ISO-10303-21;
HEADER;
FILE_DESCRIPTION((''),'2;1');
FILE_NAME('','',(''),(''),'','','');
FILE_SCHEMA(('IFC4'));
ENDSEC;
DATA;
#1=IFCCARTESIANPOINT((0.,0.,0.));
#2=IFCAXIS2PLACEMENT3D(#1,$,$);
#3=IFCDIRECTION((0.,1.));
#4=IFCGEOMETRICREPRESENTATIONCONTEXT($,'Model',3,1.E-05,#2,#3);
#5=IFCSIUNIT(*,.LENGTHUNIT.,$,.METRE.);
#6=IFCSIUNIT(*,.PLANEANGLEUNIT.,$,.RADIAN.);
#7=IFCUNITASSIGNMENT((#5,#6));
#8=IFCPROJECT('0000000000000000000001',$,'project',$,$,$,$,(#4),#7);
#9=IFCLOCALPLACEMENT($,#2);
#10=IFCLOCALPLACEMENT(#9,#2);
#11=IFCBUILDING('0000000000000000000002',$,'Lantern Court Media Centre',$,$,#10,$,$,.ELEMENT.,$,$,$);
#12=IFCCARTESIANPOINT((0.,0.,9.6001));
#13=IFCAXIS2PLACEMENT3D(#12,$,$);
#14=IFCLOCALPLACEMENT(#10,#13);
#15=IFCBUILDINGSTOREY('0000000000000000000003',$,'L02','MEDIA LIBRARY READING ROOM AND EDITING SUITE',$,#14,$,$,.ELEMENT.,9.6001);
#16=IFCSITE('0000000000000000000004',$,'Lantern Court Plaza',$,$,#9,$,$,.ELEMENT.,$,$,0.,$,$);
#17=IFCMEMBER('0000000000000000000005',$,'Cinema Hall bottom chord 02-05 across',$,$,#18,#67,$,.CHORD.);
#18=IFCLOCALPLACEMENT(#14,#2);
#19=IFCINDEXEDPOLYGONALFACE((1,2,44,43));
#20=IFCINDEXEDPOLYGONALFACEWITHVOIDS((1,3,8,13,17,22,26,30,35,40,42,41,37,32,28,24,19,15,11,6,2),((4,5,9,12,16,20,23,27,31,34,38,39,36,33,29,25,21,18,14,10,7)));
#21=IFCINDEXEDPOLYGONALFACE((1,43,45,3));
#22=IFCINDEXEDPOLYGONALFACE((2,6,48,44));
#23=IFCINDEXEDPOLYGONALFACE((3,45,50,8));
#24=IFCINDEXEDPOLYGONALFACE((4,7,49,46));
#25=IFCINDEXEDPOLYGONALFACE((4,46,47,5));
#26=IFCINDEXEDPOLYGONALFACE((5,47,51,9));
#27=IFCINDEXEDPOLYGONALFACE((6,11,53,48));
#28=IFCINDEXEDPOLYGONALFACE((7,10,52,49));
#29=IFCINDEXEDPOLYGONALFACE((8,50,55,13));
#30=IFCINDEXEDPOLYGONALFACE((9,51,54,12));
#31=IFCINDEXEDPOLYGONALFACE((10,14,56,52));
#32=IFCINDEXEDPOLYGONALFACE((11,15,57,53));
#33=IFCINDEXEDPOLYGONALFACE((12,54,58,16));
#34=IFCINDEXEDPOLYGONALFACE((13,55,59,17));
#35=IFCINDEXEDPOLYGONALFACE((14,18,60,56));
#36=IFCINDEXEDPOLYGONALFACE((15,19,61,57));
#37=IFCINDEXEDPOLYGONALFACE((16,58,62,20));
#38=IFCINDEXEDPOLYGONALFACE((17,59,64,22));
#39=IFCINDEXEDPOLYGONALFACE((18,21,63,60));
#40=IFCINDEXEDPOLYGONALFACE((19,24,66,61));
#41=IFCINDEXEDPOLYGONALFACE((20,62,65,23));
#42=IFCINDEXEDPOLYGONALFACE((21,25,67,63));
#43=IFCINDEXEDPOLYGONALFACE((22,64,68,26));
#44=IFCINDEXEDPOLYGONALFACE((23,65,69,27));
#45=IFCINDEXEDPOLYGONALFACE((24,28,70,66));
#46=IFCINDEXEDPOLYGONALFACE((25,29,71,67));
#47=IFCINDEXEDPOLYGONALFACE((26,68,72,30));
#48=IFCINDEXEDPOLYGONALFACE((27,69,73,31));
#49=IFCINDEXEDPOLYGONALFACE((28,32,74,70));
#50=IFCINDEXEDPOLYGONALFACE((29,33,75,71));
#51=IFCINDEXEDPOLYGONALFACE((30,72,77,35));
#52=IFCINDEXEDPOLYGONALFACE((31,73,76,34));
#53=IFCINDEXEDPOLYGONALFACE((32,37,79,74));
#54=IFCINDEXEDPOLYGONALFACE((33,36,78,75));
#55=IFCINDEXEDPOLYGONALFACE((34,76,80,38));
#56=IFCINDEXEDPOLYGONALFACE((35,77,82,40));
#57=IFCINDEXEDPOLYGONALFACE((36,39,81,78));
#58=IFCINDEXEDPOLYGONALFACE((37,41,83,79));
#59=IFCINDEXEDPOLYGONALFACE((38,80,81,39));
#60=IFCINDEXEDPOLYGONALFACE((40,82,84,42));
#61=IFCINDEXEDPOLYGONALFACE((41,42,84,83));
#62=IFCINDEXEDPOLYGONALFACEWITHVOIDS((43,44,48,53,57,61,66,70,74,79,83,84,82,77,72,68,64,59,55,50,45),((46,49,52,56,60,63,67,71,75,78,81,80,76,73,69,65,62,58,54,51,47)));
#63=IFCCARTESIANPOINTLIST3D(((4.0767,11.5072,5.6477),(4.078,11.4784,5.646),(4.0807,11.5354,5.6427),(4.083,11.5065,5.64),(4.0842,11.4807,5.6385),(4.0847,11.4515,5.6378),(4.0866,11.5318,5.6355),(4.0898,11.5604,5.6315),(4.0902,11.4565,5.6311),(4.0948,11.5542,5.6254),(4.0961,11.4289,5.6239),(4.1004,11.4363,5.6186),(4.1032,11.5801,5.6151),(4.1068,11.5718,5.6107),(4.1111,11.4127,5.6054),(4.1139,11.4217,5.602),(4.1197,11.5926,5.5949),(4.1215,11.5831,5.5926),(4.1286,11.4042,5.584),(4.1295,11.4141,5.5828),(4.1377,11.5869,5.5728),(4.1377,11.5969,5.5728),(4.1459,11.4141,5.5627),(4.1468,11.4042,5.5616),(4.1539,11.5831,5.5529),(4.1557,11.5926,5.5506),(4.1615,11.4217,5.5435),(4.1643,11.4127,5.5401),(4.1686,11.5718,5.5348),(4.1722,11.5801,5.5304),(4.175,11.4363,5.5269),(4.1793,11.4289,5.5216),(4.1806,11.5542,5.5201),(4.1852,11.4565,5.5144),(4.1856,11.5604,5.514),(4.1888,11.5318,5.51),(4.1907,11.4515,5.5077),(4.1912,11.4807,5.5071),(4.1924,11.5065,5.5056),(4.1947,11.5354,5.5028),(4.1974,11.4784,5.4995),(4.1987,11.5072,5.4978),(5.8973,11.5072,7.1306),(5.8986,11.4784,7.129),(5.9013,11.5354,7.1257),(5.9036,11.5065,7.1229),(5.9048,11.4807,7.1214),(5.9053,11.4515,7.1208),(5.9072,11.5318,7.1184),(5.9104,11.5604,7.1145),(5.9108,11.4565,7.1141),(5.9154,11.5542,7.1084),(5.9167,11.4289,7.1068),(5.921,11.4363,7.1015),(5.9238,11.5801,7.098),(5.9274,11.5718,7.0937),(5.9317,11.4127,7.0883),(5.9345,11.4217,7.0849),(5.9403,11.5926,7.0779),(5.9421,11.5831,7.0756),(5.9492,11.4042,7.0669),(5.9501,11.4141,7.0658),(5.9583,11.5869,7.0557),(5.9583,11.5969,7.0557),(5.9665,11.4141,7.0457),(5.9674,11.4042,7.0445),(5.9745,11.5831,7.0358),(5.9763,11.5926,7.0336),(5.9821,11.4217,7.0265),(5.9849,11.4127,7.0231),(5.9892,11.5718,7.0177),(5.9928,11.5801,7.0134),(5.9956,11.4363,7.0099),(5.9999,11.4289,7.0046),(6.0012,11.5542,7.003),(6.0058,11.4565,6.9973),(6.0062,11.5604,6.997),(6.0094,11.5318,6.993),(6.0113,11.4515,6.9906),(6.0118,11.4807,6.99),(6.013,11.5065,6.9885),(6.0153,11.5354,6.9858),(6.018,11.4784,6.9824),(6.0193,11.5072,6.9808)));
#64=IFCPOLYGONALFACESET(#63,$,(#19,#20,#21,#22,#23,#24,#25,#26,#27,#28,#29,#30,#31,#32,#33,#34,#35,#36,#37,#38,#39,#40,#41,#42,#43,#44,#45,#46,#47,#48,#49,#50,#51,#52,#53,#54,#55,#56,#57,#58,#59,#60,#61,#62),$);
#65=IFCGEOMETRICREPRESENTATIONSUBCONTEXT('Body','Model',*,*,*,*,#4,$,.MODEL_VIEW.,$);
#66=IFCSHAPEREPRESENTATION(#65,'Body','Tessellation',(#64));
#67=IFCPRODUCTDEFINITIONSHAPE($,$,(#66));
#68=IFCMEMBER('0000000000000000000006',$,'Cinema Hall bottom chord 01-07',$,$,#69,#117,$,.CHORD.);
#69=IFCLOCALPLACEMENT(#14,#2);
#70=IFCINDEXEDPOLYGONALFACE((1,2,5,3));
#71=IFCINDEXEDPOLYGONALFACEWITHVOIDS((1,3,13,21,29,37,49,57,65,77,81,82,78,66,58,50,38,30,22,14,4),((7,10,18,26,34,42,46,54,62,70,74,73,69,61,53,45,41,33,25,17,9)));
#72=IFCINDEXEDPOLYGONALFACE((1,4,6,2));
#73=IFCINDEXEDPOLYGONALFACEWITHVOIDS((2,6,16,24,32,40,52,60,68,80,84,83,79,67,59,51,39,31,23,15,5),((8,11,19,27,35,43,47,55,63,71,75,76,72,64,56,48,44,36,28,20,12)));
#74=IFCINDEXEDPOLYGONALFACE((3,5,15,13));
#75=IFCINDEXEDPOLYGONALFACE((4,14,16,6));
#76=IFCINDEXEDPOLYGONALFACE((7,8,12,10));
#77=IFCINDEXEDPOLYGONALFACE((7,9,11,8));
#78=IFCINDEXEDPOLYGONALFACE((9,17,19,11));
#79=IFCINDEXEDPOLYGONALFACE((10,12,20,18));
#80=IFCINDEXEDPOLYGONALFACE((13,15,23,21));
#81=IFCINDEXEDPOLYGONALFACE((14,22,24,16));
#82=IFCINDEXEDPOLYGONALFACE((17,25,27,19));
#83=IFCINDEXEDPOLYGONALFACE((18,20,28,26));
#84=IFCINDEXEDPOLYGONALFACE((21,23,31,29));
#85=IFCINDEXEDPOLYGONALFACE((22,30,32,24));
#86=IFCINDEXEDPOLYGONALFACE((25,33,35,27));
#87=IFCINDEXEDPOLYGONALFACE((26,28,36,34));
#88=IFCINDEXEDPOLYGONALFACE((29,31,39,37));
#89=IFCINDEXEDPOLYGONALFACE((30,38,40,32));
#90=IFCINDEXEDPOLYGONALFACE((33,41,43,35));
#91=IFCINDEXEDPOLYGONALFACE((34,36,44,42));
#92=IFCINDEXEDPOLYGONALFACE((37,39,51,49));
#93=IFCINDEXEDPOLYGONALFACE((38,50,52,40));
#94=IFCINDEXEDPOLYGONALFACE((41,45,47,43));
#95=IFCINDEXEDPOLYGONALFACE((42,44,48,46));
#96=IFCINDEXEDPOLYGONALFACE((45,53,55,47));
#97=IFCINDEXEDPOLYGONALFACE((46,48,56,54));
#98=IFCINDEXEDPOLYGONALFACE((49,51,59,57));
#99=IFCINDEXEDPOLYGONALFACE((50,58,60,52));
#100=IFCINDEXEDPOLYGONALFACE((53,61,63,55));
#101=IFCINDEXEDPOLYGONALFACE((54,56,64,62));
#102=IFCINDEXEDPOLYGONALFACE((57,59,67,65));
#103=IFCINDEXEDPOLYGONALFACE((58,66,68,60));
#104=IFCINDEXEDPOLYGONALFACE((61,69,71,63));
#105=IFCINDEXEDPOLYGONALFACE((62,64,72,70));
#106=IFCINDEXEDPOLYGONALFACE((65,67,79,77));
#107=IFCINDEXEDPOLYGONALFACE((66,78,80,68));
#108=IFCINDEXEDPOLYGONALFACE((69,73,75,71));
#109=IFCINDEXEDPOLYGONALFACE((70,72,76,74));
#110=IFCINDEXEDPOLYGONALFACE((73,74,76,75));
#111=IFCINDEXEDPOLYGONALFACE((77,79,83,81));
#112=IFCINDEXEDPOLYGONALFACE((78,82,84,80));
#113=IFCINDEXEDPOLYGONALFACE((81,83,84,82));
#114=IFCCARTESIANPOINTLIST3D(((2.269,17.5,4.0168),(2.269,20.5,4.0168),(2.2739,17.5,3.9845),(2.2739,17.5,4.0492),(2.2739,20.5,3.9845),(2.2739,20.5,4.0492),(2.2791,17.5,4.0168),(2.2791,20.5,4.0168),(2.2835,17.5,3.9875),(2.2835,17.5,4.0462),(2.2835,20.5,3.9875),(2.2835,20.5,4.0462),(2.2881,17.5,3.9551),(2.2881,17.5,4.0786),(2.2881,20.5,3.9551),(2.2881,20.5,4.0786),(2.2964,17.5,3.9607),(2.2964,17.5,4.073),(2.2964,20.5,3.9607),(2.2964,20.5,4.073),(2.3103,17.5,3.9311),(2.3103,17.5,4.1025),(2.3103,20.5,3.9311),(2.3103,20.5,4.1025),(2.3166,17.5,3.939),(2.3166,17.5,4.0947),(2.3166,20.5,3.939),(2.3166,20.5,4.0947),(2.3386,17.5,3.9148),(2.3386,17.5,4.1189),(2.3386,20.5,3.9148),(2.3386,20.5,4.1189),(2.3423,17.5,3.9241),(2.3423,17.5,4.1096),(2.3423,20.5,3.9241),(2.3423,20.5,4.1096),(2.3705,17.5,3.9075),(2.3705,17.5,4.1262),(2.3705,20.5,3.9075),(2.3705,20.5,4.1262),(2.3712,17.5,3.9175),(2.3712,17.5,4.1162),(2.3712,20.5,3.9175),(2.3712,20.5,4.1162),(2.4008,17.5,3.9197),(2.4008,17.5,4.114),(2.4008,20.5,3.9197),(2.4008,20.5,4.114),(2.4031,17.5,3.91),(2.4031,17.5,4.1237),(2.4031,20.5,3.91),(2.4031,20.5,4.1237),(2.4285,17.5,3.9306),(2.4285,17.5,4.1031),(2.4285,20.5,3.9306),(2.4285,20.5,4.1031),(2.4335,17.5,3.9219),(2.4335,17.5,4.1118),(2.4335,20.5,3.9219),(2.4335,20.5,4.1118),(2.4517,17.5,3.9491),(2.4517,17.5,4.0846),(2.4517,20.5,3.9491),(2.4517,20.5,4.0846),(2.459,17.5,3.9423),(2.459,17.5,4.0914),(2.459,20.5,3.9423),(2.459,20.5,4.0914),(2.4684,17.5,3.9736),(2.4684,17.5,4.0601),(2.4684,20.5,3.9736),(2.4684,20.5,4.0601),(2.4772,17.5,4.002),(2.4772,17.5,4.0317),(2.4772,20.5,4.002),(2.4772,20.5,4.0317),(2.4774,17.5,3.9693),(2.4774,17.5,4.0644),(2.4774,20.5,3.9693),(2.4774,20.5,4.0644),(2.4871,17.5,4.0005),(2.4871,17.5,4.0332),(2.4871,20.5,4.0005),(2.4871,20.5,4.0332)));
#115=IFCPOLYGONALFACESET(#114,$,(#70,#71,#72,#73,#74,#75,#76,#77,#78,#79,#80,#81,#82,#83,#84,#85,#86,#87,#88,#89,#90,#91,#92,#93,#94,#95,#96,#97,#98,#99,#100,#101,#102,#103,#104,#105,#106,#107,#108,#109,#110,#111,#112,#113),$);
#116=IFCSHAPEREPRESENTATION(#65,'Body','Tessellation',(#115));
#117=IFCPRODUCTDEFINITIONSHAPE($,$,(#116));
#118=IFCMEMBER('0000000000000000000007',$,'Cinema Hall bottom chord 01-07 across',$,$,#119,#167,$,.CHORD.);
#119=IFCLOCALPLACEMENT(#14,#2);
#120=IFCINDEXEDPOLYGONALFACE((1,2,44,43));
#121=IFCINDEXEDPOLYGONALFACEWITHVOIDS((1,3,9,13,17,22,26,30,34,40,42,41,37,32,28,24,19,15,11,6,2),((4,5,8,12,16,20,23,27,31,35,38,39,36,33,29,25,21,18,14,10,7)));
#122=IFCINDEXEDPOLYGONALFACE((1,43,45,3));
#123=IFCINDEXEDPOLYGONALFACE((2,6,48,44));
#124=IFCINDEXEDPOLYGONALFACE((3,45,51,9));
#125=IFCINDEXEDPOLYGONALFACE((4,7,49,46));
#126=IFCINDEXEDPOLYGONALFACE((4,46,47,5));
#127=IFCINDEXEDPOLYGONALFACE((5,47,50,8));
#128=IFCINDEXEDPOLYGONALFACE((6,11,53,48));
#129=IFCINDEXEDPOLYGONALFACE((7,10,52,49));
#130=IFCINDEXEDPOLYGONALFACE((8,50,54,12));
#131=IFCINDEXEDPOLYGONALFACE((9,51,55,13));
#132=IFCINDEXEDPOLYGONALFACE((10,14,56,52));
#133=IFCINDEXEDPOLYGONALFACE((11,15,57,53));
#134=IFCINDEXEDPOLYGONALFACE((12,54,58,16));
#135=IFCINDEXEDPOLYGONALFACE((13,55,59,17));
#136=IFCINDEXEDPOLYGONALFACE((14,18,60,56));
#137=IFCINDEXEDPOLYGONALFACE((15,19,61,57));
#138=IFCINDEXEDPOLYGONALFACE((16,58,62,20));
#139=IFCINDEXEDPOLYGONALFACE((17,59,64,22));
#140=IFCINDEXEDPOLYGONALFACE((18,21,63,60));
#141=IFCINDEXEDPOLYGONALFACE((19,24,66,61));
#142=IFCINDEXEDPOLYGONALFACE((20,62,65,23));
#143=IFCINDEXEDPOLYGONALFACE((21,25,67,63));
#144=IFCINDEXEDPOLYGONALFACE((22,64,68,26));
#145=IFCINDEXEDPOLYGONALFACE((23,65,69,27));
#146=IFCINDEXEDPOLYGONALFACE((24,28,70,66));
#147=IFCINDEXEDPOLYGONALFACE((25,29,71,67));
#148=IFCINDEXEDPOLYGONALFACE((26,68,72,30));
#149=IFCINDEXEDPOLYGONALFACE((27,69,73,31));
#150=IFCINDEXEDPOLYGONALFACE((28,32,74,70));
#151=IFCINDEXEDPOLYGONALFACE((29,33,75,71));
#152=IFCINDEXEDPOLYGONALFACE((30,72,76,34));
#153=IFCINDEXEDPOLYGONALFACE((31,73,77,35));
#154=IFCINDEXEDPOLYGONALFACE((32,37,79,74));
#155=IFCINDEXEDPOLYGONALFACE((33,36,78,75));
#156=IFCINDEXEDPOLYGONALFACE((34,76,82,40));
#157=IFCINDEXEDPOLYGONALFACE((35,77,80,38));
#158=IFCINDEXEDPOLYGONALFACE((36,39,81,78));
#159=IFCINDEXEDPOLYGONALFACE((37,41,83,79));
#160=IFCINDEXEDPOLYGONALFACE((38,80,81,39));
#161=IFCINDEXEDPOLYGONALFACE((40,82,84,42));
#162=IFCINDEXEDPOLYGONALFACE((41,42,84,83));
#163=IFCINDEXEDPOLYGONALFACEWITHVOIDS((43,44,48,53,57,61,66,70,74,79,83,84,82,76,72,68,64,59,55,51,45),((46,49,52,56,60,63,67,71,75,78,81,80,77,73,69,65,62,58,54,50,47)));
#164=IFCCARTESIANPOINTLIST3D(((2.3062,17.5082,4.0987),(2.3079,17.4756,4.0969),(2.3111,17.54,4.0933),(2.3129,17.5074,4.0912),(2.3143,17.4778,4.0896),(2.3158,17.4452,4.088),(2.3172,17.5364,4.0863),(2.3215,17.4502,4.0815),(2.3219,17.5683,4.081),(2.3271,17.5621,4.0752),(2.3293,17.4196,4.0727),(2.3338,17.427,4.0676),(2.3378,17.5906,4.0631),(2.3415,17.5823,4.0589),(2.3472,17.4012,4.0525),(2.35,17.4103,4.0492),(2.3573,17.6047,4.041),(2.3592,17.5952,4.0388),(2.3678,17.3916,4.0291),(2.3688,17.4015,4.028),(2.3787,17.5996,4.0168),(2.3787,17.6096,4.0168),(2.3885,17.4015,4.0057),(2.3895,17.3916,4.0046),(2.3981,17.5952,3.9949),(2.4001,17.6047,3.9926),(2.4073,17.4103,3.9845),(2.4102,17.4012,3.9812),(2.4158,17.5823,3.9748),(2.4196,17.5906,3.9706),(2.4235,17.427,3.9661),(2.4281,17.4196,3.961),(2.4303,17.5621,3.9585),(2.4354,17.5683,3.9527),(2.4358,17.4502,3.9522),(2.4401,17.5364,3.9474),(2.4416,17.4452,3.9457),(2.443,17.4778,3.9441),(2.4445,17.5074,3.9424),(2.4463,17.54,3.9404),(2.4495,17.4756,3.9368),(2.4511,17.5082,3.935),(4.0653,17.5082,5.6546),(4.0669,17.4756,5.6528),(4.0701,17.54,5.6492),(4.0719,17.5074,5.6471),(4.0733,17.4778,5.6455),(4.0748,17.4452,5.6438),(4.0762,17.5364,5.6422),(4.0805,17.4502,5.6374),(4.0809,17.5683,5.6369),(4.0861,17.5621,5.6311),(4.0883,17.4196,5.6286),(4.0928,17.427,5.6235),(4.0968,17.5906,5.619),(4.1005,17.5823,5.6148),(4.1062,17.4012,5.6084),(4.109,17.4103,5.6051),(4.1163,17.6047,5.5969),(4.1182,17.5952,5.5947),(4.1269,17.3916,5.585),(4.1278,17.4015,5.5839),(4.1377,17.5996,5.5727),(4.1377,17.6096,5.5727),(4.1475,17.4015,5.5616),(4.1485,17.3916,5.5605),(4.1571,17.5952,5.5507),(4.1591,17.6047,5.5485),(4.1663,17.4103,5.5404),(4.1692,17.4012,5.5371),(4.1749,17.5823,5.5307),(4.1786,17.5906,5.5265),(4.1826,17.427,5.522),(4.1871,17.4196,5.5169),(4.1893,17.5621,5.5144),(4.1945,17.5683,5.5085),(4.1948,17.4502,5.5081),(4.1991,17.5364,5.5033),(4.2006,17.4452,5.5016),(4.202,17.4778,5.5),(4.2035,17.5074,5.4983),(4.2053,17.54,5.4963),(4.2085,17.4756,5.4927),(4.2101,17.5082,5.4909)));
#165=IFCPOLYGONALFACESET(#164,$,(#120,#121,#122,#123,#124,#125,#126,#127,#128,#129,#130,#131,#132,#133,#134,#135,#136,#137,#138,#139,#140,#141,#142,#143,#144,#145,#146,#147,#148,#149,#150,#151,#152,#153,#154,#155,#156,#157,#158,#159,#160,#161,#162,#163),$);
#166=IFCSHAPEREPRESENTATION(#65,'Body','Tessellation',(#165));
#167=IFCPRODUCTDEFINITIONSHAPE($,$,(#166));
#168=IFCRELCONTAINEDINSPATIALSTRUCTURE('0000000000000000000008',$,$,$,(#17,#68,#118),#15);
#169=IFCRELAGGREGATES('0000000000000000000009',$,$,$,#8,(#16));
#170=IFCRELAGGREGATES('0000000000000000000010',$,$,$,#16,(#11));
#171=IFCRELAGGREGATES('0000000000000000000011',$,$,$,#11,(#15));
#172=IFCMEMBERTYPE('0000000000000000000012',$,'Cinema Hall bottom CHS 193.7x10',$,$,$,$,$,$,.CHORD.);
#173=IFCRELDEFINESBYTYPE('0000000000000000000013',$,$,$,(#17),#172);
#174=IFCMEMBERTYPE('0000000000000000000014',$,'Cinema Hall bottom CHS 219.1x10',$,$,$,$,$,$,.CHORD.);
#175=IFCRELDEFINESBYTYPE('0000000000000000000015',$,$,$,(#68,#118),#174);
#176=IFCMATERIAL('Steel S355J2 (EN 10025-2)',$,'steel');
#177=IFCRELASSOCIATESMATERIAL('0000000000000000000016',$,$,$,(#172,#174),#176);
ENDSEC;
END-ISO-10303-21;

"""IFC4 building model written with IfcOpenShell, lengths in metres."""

from ifc_helpers import new_model, si_unit, direction, frame, origin, origin_2d, place, context, subcontext, project, spatial, hollow_circle, extrude, material, material_profile, profile_set, type_object, element, save


model = new_model("IFC4")

# Units and contexts
model_context = context("Model", 3, precision=1e-05, world=origin(), true_north=direction((0.0, 1.0)))
body_context = subcontext(model_context, "Body", "Model", "MODEL_VIEW")
ifc_project = project(units=[si_unit("LENGTHUNIT", "METRE"), si_unit("PLANEANGLEUNIT", "RADIAN")], contexts=[model_context])

# Site, building, storey
site_placement = place(None, origin())
site = spatial("IfcSite", under=ifc_project, at=site_placement, Name="Lantern Court Plaza", CompositionType="ELEMENT", RefElevation=0.0)
building_placement = place(site_placement, origin())
building = spatial("IfcBuilding", under=site, at=building_placement, Name="Lantern Court Media Centre", CompositionType="ELEMENT")
storey_placement = place(building_placement, frame((0.0, 0.0, 9.6001)))
storey = spatial("IfcBuildingStorey", under=building, at=storey_placement, Name="L02", Description="MEDIA LIBRARY READING ROOM AND EDITING SUITE", CompositionType="ELEMENT", Elevation=9.6001)

# Shared definitions
ifc_material = material(Name="Steel S355J2 (EN 10025-2)", Category="steel")

# Members
ifc_material_profile_1 = material_profile(ifc_material, hollow_circle(Radius=0.0969, WallThickness=0.01, at=origin_2d()), Name="Cinema Hall bottom CHS 193.7x10")
ifc_profile_set_1 = profile_set([ifc_material_profile_1], Name="Steel S355J2 (EN 10025-2)")
member_type_1 = type_object("IfcMemberType", Name="Cinema Hall bottom CHS 193.7x10", PredefinedType="CHORD", material=ifc_profile_set_1)
member_1_placement = place(storey_placement, frame((4.1377, 11.5, 5.5728), z_axis=(0.775341, 0.0, 0.631543), x_axis=(0.0, 1.0, 0.0)))
element("IfcMember", 1, at=member_1_placement, inside=storey, type_object=member_type_1, Name="Cinema Hall bottom chord 02-05 across", PredefinedType="CHORD", context=body_context, shape_type="SweptSolid", body=[
    extrude(hollow_circle(Radius=0.0969, WallThickness=0.01, at=origin_2d()), origin(), (0.0, 0.0, 1.0), 2.3481),
])
ifc_material_profile_2 = material_profile(ifc_material, hollow_circle(Radius=0.1096, WallThickness=0.01, at=origin_2d()), Name="Cinema Hall bottom CHS 219.1x10")
ifc_profile_set_2 = profile_set([ifc_material_profile_2], Name="Steel S355J2 (EN 10025-2)")
member_type_2 = type_object("IfcMemberType", Name="Cinema Hall bottom CHS 219.1x10", PredefinedType="CHORD", material=ifc_profile_set_2)
member_2_placement = place(storey_placement, frame((2.3787, 17.5, 4.0168), z_axis=(0.0, 1.0, 0.0), x_axis=(-1.0, 0.0, 0.0)))
element("IfcMember", 2, at=member_2_placement, inside=storey, type_object=member_type_2, Name="Cinema Hall bottom chord 01-07", PredefinedType="CHORD", context=body_context, shape_type="SweptSolid", body=[
    extrude(hollow_circle(Radius=0.1096, WallThickness=0.01, at=origin_2d()), origin(), (0.0, 0.0, 1.0), 3.0),
])
member_3_placement = place(storey_placement, frame((2.3787, 17.5, 4.0168), z_axis=(0.74903, 0.0, 0.662536), x_axis=(0.0, 1.0, 0.0)))
element("IfcMember", 3, at=member_3_placement, inside=storey, type_object=member_type_2, Name="Cinema Hall bottom chord 01-07 across", PredefinedType="CHORD", context=body_context, shape_type="SweptSolid", body=[
    extrude(hollow_circle(Radius=0.1096, WallThickness=0.01, at=origin_2d()), origin(), (0.0, 0.0, 1.0), 2.3484),
])

save(model, "model.ifc")
